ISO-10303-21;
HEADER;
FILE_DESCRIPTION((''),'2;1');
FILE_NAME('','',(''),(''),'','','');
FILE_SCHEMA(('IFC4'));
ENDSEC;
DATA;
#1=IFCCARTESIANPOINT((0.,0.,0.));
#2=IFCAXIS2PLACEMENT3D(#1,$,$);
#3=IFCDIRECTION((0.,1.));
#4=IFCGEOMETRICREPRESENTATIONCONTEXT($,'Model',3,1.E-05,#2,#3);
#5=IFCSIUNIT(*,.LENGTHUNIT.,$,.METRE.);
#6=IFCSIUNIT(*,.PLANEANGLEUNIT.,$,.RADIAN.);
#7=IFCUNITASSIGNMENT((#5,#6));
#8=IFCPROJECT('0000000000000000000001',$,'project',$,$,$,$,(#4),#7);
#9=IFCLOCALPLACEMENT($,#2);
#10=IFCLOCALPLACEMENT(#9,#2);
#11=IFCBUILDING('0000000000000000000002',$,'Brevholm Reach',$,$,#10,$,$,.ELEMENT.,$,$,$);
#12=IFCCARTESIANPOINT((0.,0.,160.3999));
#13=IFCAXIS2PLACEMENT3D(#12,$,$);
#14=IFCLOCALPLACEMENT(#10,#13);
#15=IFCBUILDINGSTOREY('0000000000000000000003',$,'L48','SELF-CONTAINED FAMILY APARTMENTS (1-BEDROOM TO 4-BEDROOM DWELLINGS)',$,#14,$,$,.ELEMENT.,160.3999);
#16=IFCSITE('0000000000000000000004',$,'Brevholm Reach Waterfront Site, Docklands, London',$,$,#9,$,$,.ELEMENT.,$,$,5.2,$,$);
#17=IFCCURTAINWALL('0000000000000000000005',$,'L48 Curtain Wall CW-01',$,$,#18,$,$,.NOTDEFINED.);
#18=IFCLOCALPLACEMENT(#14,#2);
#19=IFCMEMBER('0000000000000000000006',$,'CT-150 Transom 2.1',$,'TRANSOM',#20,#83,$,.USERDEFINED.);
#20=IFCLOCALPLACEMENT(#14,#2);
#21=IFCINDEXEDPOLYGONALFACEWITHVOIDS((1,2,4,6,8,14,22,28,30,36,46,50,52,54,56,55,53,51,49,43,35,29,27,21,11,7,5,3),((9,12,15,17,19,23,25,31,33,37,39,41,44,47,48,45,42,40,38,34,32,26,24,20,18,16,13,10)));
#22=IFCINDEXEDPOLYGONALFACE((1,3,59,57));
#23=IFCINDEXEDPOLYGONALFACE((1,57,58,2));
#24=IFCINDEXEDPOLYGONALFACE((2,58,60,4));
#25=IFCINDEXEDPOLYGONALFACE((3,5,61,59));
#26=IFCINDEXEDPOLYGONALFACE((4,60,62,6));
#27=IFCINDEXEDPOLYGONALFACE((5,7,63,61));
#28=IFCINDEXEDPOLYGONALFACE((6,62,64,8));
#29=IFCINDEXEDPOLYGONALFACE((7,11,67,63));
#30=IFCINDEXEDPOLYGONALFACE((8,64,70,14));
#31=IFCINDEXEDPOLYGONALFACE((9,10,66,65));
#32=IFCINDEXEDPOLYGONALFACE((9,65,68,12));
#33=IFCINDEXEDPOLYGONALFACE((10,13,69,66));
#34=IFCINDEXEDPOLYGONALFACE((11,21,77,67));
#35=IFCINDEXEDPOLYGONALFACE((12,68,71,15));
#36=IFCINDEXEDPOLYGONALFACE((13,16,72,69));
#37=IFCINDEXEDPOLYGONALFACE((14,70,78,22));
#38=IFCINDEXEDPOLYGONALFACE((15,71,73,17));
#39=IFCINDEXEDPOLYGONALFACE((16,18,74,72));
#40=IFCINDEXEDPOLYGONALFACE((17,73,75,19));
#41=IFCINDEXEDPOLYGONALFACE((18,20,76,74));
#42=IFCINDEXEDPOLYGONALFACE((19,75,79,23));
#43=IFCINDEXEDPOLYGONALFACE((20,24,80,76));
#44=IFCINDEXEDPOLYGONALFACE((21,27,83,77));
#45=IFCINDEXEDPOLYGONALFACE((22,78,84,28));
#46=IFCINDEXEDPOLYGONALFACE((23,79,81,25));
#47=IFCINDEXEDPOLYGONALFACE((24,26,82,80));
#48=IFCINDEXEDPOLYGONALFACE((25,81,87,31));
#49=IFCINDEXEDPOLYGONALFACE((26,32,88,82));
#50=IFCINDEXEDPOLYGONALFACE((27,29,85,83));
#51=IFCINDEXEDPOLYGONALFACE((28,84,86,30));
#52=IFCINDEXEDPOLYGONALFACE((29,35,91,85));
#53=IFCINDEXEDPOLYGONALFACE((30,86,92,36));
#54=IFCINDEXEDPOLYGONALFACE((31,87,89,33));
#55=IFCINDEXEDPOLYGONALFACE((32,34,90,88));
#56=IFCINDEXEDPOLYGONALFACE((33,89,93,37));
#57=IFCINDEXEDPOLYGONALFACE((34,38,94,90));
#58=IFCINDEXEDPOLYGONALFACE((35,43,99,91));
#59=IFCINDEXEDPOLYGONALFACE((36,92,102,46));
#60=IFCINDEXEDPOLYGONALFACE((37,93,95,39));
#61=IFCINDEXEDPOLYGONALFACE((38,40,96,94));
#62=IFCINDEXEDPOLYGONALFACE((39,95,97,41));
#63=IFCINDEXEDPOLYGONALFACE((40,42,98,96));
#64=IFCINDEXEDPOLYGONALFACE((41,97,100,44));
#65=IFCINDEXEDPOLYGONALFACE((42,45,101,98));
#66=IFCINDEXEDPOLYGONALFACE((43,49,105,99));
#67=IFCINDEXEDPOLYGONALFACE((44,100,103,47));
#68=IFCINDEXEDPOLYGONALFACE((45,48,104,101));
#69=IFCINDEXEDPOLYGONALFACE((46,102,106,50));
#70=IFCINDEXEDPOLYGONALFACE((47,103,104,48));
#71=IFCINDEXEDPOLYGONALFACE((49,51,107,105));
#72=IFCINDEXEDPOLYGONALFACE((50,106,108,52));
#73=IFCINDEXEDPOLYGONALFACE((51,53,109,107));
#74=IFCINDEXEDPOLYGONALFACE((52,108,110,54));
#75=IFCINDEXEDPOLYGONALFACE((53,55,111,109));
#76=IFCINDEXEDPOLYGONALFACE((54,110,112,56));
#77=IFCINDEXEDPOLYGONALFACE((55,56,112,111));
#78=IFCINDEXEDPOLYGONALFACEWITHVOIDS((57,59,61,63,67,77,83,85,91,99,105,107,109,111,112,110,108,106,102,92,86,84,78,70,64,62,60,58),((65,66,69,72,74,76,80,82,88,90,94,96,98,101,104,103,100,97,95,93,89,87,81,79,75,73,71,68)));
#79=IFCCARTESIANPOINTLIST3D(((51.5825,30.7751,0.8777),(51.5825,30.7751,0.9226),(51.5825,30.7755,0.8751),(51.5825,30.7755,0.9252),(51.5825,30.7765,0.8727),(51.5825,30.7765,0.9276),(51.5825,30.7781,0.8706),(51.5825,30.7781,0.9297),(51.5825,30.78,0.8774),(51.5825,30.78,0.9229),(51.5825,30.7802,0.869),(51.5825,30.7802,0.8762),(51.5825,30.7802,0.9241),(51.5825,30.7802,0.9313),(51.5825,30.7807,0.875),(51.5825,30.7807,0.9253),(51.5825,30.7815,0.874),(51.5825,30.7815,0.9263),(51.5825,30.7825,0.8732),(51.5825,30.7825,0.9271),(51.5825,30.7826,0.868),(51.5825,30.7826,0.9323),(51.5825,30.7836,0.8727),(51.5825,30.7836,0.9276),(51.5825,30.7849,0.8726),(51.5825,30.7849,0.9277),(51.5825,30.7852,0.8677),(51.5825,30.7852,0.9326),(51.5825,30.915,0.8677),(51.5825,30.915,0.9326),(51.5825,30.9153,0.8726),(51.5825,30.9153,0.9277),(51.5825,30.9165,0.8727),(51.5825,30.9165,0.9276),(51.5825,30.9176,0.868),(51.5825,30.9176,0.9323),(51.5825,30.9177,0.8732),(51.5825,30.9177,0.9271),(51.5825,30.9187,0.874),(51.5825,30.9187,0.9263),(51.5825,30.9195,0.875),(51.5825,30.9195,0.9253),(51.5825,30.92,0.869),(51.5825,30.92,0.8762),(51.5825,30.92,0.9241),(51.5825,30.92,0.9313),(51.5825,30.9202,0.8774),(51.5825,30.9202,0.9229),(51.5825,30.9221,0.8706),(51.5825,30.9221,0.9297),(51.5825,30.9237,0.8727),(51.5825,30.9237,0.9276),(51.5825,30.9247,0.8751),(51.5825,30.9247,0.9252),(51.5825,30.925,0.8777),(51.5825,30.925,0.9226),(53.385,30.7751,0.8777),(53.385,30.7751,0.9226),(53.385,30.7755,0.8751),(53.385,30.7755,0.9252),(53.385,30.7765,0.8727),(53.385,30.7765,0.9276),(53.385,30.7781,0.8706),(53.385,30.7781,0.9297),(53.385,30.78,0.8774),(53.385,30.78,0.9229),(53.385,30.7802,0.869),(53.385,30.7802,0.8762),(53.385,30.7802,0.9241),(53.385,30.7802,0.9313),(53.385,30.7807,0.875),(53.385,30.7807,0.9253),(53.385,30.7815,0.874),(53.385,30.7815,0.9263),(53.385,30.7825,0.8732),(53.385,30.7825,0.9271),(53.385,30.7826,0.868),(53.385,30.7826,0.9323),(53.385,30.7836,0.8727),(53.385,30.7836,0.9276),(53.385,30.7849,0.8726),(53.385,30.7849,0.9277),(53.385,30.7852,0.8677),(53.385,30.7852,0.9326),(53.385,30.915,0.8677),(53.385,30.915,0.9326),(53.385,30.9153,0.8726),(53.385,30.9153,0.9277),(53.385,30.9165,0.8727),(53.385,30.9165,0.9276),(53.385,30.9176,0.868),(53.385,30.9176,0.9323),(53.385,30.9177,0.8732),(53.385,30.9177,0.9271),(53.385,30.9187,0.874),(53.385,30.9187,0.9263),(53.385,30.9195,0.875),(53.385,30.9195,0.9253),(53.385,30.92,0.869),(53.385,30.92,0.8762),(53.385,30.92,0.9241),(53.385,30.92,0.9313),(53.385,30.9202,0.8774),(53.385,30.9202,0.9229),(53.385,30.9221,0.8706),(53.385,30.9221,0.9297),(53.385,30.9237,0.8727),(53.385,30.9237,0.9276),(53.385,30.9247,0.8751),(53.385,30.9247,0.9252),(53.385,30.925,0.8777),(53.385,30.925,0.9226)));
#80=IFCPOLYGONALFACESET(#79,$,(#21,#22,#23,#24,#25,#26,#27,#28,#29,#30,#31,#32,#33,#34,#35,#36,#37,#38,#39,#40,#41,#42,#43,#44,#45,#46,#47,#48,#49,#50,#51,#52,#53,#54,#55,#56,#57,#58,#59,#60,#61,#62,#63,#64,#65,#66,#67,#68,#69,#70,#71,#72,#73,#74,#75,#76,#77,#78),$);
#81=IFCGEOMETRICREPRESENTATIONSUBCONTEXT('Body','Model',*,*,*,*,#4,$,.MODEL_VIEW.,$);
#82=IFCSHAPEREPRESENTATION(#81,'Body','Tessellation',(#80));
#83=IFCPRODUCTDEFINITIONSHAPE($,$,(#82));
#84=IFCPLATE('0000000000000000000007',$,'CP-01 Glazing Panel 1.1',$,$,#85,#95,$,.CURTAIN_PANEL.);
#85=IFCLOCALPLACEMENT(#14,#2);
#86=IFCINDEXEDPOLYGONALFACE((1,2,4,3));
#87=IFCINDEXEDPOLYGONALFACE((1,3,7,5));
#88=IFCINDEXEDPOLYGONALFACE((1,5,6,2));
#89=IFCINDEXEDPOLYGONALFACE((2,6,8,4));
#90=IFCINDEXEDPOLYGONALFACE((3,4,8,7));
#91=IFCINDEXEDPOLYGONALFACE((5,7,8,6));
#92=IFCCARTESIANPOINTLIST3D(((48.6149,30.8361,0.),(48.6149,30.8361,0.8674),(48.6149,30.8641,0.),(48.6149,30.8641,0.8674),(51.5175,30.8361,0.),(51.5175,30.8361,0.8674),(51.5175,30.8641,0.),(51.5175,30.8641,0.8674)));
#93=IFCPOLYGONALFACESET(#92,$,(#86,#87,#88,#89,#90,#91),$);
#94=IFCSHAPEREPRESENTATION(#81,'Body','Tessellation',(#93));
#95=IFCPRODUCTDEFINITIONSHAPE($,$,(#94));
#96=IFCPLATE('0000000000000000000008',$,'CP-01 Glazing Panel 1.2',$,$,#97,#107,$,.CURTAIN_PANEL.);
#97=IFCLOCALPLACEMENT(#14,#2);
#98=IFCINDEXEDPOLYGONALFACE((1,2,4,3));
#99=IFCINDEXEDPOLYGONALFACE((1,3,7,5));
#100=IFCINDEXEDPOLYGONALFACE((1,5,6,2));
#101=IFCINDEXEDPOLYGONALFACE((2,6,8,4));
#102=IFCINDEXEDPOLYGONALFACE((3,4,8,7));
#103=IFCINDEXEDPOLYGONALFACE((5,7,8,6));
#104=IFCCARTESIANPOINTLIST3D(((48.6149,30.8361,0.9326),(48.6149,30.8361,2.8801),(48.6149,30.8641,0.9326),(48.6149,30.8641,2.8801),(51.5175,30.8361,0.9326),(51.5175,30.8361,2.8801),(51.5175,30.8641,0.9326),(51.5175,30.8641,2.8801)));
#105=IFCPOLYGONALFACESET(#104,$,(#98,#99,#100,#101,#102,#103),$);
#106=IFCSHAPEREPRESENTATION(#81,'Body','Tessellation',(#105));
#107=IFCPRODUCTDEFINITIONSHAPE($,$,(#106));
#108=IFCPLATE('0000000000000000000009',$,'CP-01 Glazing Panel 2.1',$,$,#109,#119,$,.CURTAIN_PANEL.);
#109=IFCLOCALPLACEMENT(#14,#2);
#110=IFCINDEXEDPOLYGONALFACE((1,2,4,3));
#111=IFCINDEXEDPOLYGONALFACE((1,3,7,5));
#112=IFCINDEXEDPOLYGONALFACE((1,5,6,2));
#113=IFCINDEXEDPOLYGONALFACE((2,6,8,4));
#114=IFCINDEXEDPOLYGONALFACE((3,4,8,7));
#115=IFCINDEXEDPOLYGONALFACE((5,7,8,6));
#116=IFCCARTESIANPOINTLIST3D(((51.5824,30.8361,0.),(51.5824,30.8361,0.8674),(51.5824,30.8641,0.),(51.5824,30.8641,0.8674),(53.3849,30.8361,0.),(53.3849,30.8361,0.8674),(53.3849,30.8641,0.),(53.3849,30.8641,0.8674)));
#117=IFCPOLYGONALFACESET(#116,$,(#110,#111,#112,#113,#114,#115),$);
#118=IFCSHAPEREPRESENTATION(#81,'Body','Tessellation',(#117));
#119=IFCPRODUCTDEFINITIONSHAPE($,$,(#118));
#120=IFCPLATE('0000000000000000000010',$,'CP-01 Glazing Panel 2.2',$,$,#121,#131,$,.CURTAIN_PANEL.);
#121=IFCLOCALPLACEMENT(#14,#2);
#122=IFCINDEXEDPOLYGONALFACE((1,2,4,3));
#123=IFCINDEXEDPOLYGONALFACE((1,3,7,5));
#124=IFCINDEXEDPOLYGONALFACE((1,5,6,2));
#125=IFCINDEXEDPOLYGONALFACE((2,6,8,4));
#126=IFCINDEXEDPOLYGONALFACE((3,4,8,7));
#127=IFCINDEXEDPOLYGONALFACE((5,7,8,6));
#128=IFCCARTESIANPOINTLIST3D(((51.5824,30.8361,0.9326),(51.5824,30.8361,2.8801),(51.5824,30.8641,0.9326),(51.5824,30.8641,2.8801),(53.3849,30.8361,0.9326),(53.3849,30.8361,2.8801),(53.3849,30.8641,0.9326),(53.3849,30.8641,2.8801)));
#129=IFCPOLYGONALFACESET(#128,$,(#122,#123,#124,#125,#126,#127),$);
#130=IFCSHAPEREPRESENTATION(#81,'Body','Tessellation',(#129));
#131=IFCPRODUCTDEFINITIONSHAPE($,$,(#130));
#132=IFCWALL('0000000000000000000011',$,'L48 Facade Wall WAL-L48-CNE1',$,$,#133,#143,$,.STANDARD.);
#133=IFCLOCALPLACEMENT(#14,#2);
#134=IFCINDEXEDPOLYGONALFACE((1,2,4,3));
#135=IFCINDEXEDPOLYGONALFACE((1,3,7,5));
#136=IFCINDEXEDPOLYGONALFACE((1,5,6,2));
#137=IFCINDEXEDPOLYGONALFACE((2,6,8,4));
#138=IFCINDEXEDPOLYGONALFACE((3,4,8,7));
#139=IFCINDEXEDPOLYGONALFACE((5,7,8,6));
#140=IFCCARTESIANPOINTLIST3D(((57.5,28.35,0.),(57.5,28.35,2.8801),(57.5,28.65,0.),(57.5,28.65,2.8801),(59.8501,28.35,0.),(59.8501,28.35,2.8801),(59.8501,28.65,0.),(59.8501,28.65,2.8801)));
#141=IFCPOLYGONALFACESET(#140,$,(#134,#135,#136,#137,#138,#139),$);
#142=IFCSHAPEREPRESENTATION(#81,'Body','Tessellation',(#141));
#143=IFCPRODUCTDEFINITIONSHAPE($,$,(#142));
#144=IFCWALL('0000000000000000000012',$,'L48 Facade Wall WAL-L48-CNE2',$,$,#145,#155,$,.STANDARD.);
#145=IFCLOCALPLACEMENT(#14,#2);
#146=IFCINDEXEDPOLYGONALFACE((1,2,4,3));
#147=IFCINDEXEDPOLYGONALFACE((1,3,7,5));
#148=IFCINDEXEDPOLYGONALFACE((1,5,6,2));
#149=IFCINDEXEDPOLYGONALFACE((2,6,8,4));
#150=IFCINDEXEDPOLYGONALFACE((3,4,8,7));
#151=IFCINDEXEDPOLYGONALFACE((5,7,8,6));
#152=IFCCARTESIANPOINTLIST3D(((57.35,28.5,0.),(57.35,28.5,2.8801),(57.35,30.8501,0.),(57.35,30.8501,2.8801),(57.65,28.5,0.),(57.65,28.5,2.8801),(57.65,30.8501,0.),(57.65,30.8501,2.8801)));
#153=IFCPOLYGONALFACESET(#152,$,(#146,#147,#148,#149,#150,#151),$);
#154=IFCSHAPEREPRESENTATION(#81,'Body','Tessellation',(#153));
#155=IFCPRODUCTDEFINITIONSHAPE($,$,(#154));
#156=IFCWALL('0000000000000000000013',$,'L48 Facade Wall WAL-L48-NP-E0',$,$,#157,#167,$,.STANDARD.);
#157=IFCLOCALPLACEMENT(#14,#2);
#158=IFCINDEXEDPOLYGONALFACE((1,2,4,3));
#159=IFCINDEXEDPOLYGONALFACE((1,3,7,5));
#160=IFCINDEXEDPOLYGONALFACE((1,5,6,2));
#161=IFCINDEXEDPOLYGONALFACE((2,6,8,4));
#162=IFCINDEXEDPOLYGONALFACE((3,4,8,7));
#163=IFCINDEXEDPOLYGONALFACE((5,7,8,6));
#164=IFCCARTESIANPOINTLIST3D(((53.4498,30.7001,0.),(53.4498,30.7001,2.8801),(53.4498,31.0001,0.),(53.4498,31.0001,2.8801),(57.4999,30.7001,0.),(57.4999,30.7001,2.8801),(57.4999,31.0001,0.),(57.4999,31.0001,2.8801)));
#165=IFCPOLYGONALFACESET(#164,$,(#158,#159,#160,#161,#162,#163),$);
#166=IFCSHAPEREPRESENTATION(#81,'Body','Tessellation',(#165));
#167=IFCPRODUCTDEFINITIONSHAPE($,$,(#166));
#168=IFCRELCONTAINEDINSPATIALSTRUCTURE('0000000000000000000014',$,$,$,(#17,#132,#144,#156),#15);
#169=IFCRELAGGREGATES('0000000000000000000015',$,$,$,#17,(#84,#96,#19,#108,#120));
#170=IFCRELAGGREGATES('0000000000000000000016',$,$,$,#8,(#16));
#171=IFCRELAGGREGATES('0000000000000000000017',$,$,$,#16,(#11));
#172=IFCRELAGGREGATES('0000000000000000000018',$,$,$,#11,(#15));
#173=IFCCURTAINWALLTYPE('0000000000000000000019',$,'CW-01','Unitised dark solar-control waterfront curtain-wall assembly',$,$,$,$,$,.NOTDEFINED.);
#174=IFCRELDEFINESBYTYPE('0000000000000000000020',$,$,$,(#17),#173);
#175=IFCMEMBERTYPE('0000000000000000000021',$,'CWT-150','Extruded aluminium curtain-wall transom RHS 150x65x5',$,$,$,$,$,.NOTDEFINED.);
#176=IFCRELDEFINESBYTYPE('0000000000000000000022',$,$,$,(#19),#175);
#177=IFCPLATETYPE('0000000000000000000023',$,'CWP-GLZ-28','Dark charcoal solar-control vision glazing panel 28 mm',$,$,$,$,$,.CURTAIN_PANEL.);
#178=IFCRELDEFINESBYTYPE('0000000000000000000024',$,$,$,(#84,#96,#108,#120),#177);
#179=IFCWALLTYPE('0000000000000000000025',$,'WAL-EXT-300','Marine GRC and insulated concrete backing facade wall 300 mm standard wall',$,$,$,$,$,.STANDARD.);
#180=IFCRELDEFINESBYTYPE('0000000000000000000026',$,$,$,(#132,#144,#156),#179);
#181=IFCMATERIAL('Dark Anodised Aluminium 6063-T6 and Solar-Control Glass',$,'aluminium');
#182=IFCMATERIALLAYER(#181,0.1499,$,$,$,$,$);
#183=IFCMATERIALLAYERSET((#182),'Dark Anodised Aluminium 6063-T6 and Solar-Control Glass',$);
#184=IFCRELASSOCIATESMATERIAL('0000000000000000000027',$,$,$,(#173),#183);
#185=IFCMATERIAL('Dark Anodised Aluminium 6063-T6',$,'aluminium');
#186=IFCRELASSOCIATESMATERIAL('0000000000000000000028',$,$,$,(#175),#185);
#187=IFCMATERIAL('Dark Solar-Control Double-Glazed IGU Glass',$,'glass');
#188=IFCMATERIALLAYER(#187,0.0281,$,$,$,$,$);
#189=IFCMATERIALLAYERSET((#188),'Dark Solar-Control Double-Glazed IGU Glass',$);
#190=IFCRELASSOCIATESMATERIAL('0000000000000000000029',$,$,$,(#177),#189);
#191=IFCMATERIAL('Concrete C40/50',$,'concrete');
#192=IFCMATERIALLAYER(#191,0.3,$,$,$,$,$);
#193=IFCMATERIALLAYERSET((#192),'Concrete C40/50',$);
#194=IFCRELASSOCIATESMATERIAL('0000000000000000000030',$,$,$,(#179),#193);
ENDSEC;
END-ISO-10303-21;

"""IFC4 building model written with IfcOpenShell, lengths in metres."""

from ifc_helpers import new_model, si_unit, direction, frame, frame_2d, origin, origin_2d, place, context, subcontext, project, spatial, rectangle, hollow_rectangle, extrude, material, layer, layer_set, material_profile, profile_set, type_object, element, aggregate, save


model = new_model("IFC4")

# Units and contexts
model_context = context("Model", 3, precision=1e-05, world=origin(), true_north=direction((0.0, 1.0)))
body_context = subcontext(model_context, "Body", "Model", "MODEL_VIEW")
ifc_project = project(units=[si_unit("LENGTHUNIT", "METRE"), si_unit("PLANEANGLEUNIT", "RADIAN")], contexts=[model_context])

# Site, building, storey
site_placement = place(None, origin())
site = spatial("IfcSite", under=ifc_project, at=site_placement, Name="Brevholm Reach Waterfront Site, Docklands, London", CompositionType="ELEMENT", RefElevation=5.2)
building_placement = place(site_placement, origin())
building = spatial("IfcBuilding", under=site, at=building_placement, Name="Brevholm Reach", CompositionType="ELEMENT")
storey_placement = place(building_placement, frame((0.0, 0.0, 160.3999)))
storey = spatial("IfcBuildingStorey", under=building, at=storey_placement, Name="L48", Description="SELF-CONTAINED FAMILY APARTMENTS (1-BEDROOM TO 4-BEDROOM DWELLINGS)", CompositionType="ELEMENT", Elevation=160.3999)

# Curtain wall, member, plates
ifc_material_1 = material(Name="Dark Anodised Aluminium 6063-T6 and Solar-Control Glass", Category="aluminium")
ifc_layer_1 = layer(ifc_material_1, 0.1499)
ifc_layer_set_1 = layer_set([ifc_layer_1], Name="Dark Anodised Aluminium 6063-T6 and Solar-Control Glass")
curtain_wall_type = type_object("IfcCurtainWallType", Name="CW-01", Description="Unitised dark solar-control waterfront curtain-wall assembly", PredefinedType="NOTDEFINED", material=ifc_layer_set_1)
curtain_wall_placement = place(storey_placement, origin())
curtain_wall = element("IfcCurtainWall", 1, at=curtain_wall_placement, inside=storey, type_object=curtain_wall_type, Name="L48 Curtain Wall CW-01", PredefinedType="NOTDEFINED")
ifc_material_2 = material(Name="Dark Anodised Aluminium 6063-T6", Category="aluminium")
ifc_material_profile_1 = material_profile(ifc_material_2, hollow_rectangle(XDim=0.0649, YDim=0.1499, WallThickness=0.0049, InnerFilletRadius=0.0049, OuterFilletRadius=0.01, at=origin_2d()), Name="RHS 150x65x5")
ifc_profile_set_1 = profile_set([ifc_material_profile_1], Name="Dark Anodised Aluminium 6063-T6")
member_type_1 = type_object("IfcMemberType", Name="CWT-150", Description="Extruded aluminium curtain-wall transom RHS 150x65x5", PredefinedType="NOTDEFINED", material=ifc_profile_set_1)
member_1_placement = place(storey_placement, frame((51.5825, 30.8501, 0.9001), z_axis=(1.0, 0.0, 0.0), x_axis=(0.0, 0.0, 1.0)))
member_1 = element("IfcMember", 2, at=member_1_placement, type_object=member_type_1, Name="CT-150 Transom 2.1", ObjectType="TRANSOM", PredefinedType="USERDEFINED", context=body_context, shape_type="SweptSolid", body=[
    extrude(hollow_rectangle(XDim=0.0649, YDim=0.1499, WallThickness=0.0049, InnerFilletRadius=0.0049, OuterFilletRadius=0.01, at=origin_2d()), origin(), (0.0, 0.0, 1.0), 1.8025),
])
ifc_material_3 = material(Name="Dark Solar-Control Double-Glazed IGU Glass", Category="glass")
ifc_layer_2 = layer(ifc_material_3, 0.0281)
ifc_layer_set_2 = layer_set([ifc_layer_2], Name="Dark Solar-Control Double-Glazed IGU Glass")
plate_type = type_object("IfcPlateType", Name="CWP-GLZ-28", Description="Dark charcoal solar-control vision glazing panel 28 mm", PredefinedType="CURTAIN_PANEL", material=ifc_layer_set_2)
plate_1_placement = place(storey_placement, frame((50.0662, 30.8501, 0.0), z_axis=(0.0, 0.0, 1.0), x_axis=(1.0, 0.0, 0.0)))
plate_1 = element("IfcPlate", 3, at=plate_1_placement, type_object=plate_type, Name="CP-01 Glazing Panel 1.1", PredefinedType="CURTAIN_PANEL", context=body_context, shape_type="SweptSolid", body=[
    extrude(rectangle(XDim=2.9026, YDim=0.0281, at=origin_2d()), origin(), (0.0, 0.0, 1.0), 0.8674),
])
plate_2_placement = place(storey_placement, frame((50.0662, 30.8501, 0.9326), z_axis=(0.0, 0.0, 1.0), x_axis=(1.0, 0.0, 0.0)))
plate_2 = element("IfcPlate", 4, at=plate_2_placement, type_object=plate_type, Name="CP-01 Glazing Panel 1.2", PredefinedType="CURTAIN_PANEL", context=body_context, shape_type="SweptSolid", body=[
    extrude(rectangle(XDim=2.9026, YDim=0.0281, at=origin_2d()), origin(), (0.0, 0.0, 1.0), 1.9475),
])
plate_3_placement = place(storey_placement, frame((52.4836, 30.8501, 0.0), z_axis=(0.0, 0.0, 1.0), x_axis=(1.0, 0.0, 0.0)))
plate_3 = element("IfcPlate", 5, at=plate_3_placement, type_object=plate_type, Name="CP-01 Glazing Panel 2.1", PredefinedType="CURTAIN_PANEL", context=body_context, shape_type="SweptSolid", body=[
    extrude(rectangle(XDim=1.8025, YDim=0.0281, at=origin_2d()), origin(), (0.0, 0.0, 1.0), 0.8674),
])
plate_4_placement = place(storey_placement, frame((52.4836, 30.8501, 0.9326), z_axis=(0.0, 0.0, 1.0), x_axis=(1.0, 0.0, 0.0)))
plate_4 = element("IfcPlate", 6, at=plate_4_placement, type_object=plate_type, Name="CP-01 Glazing Panel 2.2", PredefinedType="CURTAIN_PANEL", context=body_context, shape_type="SweptSolid", body=[
    extrude(rectangle(XDim=1.8025, YDim=0.0281, at=origin_2d()), origin(), (0.0, 0.0, 1.0), 1.9475),
])
aggregate(curtain_wall, [plate_1, plate_2, member_1, plate_3, plate_4])

# Walls
ifc_material_4 = material(Name="Concrete C40/50", Category="concrete")
ifc_layer_3 = layer(ifc_material_4, 0.3)
ifc_layer_set_3 = layer_set([ifc_layer_3], Name="Concrete C40/50")
wall_type_1 = type_object("IfcWallType", Name="WAL-EXT-300", Description="Marine GRC and insulated concrete backing facade wall 300 mm standard wall", PredefinedType="STANDARD", material=ifc_layer_set_3)
for number, where, z_axis, x_axis, name in (
    (7, (59.8501, 28.5, 0.0), (0.0, 0.0, 1.0), (-1.0, 0.0, 0.0), "L48 Facade Wall WAL-L48-CNE1"),
    (8, (57.5, 28.5, 0.0), (0.0, 0.0, 1.0), (0.0, 1.0, 0.0), "L48 Facade Wall WAL-L48-CNE2"),
):
    element("IfcWall", number, at=place(storey_placement, frame(where, z_axis=z_axis, x_axis=x_axis)), inside=storey, type_object=wall_type_1, Name=name, PredefinedType="STANDARD", context=body_context, shape_type="SweptSolid", body=[
        extrude(rectangle(XDim=2.3501, YDim=0.3, at=frame_2d((1.175, 0.0))), origin(), (0.0, 0.0, 1.0), 2.8801),
    ])
wall_1_placement = place(storey_placement, frame((53.45, 30.8501, 0.0), z_axis=(0.0, 0.0, 1.0), x_axis=(1.0, 0.0, 0.0)))
element("IfcWall", 9, at=wall_1_placement, inside=storey, type_object=wall_type_1, Name="L48 Facade Wall WAL-L48-NP-E0", PredefinedType="STANDARD", context=body_context, shape_type="SweptSolid", body=[
    extrude(rectangle(XDim=4.05, YDim=0.3, at=frame_2d((2.0249, 0.0))), origin(), (0.0, 0.0, 1.0), 2.8801),
])

save(model, "model.ifc")
